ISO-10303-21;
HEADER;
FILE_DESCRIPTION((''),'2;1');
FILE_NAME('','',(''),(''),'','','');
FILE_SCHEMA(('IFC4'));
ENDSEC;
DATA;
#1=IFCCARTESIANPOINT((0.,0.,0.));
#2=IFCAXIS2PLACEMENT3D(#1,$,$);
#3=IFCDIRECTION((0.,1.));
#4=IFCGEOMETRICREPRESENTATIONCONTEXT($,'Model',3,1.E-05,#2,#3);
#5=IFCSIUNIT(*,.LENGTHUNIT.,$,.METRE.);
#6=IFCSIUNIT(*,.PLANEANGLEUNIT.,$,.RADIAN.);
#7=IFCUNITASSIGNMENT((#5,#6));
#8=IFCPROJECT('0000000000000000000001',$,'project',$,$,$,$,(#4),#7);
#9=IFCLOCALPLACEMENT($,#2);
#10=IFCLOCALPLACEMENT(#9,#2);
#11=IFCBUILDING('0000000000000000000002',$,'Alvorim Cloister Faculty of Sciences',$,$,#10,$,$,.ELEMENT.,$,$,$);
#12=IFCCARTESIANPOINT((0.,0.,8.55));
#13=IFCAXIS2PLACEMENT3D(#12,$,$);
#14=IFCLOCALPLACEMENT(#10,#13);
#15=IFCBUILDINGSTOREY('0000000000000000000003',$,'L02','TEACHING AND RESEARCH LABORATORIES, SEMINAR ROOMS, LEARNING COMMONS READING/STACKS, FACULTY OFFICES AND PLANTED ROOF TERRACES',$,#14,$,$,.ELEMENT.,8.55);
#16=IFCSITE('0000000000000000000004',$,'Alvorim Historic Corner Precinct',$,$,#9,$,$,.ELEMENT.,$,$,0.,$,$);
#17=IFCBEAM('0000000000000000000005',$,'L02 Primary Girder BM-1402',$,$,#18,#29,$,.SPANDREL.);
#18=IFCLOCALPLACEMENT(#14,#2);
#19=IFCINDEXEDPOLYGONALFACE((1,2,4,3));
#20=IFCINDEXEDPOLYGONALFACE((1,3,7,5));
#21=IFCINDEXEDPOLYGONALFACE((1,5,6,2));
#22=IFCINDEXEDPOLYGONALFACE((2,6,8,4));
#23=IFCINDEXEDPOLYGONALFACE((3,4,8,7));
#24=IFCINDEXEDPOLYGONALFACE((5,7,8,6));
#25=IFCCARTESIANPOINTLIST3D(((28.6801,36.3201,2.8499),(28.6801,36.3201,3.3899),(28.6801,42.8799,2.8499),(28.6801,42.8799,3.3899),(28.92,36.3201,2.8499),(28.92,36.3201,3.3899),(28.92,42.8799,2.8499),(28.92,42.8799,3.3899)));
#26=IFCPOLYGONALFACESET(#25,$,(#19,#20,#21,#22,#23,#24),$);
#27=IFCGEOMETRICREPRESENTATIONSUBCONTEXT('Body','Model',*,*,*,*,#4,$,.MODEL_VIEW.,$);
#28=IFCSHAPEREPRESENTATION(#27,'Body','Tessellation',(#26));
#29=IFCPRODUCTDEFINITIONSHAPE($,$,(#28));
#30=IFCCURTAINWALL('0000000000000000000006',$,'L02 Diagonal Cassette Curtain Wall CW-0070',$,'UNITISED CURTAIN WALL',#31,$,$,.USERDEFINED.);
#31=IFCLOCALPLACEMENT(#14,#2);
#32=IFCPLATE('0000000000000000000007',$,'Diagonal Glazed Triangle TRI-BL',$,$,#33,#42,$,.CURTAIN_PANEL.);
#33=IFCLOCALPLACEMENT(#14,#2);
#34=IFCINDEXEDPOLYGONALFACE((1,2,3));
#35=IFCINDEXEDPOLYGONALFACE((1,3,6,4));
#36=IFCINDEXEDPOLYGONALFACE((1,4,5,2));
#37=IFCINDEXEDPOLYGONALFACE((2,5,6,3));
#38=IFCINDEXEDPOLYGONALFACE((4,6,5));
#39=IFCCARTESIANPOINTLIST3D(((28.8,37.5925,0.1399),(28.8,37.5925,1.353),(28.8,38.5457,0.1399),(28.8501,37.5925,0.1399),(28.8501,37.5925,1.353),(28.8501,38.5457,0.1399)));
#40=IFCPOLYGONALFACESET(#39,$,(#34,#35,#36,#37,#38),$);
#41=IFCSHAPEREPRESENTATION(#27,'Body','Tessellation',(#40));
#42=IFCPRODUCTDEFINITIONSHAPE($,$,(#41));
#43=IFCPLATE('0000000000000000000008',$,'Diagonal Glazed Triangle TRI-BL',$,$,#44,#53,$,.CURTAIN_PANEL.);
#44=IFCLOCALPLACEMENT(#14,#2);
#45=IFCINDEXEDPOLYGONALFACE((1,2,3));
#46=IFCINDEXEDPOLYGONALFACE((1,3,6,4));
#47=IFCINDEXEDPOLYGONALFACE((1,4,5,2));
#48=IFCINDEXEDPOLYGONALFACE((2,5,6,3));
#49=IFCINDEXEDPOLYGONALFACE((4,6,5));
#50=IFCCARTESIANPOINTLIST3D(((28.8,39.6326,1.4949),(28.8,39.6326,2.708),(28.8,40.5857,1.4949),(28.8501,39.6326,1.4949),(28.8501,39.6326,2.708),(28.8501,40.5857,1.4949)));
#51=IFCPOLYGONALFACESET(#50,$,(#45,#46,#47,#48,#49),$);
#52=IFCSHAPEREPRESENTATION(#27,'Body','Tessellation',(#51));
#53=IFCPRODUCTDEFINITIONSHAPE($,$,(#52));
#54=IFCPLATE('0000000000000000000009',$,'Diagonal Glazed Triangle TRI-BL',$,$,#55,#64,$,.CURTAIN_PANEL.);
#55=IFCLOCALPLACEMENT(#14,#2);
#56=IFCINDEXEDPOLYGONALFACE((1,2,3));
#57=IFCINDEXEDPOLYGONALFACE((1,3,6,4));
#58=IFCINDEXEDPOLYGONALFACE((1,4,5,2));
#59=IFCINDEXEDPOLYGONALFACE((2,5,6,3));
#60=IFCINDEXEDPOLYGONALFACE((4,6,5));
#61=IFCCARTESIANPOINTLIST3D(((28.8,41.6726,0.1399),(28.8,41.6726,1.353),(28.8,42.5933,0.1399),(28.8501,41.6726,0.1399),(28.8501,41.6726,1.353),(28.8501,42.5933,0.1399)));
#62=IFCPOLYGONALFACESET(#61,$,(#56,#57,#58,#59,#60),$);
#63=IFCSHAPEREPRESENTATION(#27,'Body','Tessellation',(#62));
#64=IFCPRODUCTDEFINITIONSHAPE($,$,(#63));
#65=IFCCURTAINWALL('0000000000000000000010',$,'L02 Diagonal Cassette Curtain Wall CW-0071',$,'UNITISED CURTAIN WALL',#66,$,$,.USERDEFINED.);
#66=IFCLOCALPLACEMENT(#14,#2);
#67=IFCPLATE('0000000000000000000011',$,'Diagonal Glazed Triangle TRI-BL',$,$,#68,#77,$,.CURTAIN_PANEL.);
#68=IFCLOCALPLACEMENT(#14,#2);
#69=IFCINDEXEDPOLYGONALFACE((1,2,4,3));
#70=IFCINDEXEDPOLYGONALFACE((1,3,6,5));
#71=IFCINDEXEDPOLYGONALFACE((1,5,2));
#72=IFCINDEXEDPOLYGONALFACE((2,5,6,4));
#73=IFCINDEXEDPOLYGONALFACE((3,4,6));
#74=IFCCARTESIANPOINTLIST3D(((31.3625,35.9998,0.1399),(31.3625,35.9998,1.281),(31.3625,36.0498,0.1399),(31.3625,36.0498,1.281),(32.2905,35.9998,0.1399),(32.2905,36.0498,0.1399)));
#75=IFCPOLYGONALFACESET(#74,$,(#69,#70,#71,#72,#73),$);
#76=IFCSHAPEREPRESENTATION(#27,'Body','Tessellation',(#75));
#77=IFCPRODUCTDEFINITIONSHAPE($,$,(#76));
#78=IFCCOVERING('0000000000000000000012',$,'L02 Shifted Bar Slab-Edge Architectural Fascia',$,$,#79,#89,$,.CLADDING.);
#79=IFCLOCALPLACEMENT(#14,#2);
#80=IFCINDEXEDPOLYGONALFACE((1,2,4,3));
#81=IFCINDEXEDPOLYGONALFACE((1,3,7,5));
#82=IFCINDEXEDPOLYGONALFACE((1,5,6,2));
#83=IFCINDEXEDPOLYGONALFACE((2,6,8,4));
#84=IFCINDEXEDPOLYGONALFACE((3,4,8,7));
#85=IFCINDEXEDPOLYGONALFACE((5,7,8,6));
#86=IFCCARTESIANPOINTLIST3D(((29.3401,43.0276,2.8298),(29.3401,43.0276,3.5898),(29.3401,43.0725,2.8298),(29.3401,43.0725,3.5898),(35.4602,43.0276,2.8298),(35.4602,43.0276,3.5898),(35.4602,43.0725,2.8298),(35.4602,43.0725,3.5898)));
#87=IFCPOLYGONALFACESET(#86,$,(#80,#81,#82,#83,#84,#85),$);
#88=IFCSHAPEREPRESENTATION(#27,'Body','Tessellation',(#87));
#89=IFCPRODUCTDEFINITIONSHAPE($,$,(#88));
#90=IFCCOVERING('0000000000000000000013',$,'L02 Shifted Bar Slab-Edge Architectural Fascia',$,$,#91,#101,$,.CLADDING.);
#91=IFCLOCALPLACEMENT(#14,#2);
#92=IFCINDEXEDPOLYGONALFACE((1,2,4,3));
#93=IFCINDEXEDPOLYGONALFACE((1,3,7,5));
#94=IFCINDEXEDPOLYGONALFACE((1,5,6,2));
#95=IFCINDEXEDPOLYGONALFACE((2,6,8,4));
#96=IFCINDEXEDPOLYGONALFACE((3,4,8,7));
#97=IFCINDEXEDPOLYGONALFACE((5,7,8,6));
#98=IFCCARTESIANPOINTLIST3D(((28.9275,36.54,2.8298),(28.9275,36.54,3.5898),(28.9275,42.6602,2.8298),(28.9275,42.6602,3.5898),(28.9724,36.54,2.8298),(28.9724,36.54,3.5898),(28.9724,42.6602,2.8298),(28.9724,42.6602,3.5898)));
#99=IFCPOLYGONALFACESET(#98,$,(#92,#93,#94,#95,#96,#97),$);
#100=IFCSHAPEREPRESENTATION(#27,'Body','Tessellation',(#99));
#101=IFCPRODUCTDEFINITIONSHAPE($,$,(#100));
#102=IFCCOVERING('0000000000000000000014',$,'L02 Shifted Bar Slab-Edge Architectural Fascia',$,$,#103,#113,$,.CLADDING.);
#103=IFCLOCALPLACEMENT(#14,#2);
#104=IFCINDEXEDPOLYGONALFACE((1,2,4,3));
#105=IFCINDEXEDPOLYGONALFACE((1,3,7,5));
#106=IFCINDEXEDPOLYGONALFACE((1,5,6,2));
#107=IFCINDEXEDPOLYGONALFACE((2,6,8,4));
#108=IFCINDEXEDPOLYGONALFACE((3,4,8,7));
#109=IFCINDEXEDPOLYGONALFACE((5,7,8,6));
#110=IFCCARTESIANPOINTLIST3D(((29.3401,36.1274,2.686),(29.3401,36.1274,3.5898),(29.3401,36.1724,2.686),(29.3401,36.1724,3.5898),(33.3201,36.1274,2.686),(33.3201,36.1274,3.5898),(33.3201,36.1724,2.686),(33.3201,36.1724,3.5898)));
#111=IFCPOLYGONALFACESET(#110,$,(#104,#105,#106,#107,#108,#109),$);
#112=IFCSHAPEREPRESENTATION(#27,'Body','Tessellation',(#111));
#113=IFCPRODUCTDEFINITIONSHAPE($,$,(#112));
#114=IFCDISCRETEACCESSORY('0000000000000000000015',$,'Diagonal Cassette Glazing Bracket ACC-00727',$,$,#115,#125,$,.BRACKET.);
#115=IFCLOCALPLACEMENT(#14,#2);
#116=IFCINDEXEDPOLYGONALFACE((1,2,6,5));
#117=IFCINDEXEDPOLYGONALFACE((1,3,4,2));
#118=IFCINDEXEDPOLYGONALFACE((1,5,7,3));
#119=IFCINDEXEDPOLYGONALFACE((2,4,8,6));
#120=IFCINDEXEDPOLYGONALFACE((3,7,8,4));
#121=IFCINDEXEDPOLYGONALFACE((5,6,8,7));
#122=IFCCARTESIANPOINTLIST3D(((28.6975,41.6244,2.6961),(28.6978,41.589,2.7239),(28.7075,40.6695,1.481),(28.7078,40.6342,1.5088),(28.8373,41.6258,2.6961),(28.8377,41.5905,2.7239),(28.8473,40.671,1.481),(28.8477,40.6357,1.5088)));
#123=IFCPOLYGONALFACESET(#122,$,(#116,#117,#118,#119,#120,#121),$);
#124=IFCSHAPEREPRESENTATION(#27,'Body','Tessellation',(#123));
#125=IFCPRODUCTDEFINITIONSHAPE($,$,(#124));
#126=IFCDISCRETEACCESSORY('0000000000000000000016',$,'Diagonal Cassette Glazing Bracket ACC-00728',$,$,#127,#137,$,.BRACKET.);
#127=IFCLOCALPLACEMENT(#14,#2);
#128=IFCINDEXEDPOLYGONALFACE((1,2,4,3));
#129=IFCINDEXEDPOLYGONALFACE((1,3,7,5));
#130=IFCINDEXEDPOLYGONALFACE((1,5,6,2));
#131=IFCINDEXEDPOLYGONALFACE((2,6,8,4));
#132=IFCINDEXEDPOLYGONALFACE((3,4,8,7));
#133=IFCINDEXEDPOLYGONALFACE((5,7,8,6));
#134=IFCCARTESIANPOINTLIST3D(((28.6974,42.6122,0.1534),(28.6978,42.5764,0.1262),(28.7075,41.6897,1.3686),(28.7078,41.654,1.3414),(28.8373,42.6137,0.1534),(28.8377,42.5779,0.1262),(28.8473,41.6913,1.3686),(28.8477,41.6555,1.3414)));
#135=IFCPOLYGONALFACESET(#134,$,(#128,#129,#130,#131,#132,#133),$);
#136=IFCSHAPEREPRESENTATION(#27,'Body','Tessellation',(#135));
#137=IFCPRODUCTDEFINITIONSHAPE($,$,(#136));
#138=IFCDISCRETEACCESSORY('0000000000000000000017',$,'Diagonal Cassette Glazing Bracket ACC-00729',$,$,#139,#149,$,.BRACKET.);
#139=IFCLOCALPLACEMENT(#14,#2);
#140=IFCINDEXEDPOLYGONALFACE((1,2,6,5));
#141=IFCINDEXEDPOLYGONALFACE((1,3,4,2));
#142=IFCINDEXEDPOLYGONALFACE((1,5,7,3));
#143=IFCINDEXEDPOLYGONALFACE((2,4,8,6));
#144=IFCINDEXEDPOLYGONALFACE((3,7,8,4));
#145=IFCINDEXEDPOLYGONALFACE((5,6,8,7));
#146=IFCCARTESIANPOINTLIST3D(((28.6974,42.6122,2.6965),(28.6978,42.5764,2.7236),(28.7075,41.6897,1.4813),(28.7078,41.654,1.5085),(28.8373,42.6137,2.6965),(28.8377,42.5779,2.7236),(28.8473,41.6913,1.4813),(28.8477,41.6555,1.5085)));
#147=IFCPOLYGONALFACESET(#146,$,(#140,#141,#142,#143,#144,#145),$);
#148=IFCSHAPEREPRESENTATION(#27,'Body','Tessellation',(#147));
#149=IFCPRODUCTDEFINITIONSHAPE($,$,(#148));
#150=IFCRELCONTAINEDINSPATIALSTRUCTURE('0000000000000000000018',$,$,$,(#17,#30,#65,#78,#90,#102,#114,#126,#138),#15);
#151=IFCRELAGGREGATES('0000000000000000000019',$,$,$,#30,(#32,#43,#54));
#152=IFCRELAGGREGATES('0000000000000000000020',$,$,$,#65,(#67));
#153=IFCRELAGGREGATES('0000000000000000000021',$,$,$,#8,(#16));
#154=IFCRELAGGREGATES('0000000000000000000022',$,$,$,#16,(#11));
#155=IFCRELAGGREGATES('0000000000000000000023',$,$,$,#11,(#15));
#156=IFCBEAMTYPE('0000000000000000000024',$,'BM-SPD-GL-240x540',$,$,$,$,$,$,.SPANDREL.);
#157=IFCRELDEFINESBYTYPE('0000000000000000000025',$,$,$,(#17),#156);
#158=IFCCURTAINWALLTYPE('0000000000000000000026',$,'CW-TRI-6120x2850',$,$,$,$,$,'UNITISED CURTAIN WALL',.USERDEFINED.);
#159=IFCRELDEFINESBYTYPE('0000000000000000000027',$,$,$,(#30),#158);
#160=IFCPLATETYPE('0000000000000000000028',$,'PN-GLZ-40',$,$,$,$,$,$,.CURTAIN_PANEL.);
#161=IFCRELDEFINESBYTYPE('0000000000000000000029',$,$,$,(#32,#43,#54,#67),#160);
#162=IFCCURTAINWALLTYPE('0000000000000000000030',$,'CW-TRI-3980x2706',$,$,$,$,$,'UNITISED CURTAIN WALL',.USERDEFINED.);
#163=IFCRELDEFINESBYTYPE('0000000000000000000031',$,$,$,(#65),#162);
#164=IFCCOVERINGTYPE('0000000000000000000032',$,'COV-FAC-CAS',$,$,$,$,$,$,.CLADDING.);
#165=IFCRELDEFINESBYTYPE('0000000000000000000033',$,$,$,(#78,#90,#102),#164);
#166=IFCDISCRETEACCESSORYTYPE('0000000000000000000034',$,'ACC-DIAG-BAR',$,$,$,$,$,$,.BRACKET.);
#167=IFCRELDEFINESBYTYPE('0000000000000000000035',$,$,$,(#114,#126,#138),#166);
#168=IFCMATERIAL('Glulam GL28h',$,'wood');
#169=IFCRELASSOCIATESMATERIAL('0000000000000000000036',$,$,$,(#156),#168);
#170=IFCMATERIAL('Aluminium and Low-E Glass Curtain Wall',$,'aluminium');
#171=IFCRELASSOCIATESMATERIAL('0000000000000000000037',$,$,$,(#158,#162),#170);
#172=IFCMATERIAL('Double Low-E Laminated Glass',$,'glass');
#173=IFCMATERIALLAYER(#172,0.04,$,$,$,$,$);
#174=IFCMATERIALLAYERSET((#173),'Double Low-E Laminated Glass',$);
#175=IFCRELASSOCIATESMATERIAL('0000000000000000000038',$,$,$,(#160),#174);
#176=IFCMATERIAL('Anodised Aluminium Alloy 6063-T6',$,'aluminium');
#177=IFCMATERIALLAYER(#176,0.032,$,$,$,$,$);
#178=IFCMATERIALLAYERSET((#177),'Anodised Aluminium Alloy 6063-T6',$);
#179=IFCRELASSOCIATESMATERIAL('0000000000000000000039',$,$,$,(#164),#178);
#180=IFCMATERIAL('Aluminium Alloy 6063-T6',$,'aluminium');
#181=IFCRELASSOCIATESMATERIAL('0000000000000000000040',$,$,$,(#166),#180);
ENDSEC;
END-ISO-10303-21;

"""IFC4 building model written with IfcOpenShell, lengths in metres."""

from ifc_helpers import new_model, si_unit, direction, frame, origin, origin_2d, place, context, subcontext, project, spatial, polyline, rectangle, outline, extrude, material, layer, layer_set, material_profile, profile_set, type_object, element, aggregate, save


model = new_model("IFC4")

# Units and contexts
model_context = context("Model", 3, precision=1e-05, world=origin(), true_north=direction((0.0, 1.0)))
body_context = subcontext(model_context, "Body", "Model", "MODEL_VIEW")
ifc_project = project(units=[si_unit("LENGTHUNIT", "METRE"), si_unit("PLANEANGLEUNIT", "RADIAN")], contexts=[model_context])

# Site, building, storey
site_placement = place(None, origin())
site = spatial("IfcSite", under=ifc_project, at=site_placement, Name="Alvorim Historic Corner Precinct", CompositionType="ELEMENT", RefElevation=0.0)
building_placement = place(site_placement, origin())
building = spatial("IfcBuilding", under=site, at=building_placement, Name="Alvorim Cloister Faculty of Sciences", CompositionType="ELEMENT")
storey_placement = place(building_placement, frame((0.0, 0.0, 8.55)))
storey = spatial("IfcBuildingStorey", under=building, at=storey_placement, Name="L02", Description="TEACHING AND RESEARCH LABORATORIES, SEMINAR ROOMS, LEARNING COMMONS READING/STACKS, FACULTY OFFICES AND PLANTED ROOF TERRACES", CompositionType="ELEMENT", Elevation=8.55)

# Beam
ifc_material_1 = material(Name="Glulam GL28h", Category="wood")
ifc_material_profile = material_profile(ifc_material_1, rectangle(XDim=0.24, YDim=0.54, at=origin_2d()), Name="GL28-SPD-240x540")
ifc_profile_set = profile_set([ifc_material_profile], Name="Glulam GL28h")
beam_type = type_object("IfcBeamType", Name="BM-SPD-GL-240x540", PredefinedType="SPANDREL", material=ifc_profile_set)
beam_placement = place(storey_placement, frame((28.8, 36.3201, 3.1199), z_axis=(0.0, 1.0, 0.0), x_axis=(-1.0, 0.0, 0.0)))
element("IfcBeam", 1, at=beam_placement, inside=storey, type_object=beam_type, Name="L02 Primary Girder BM-1402", PredefinedType="SPANDREL", context=body_context, shape_type="SweptSolid", body=[
    extrude(rectangle(XDim=0.24, YDim=0.54, at=origin_2d()), origin(), (0.0, 0.0, 1.0), 6.5598),
])

# Curtain walls, plates
ifc_material_2 = material(Name="Aluminium and Low-E Glass Curtain Wall", Category="aluminium")
curtain_wall_type_1 = type_object("IfcCurtainWallType", Name="CW-TRI-6120x2850", ElementType="UNITISED CURTAIN WALL", PredefinedType="USERDEFINED", material=ifc_material_2)
curtain_wall_1_placement = place(storey_placement, origin())
curtain_wall_1 = element("IfcCurtainWall", 2, at=curtain_wall_1_placement, inside=storey, type_object=curtain_wall_type_1, Name="L02 Diagonal Cassette Curtain Wall CW-0070", ObjectType="UNITISED CURTAIN WALL", PredefinedType="USERDEFINED")
ifc_material_3 = material(Name="Double Low-E Laminated Glass", Category="glass")
ifc_layer_1 = layer(ifc_material_3, 0.04)
ifc_layer_set_1 = layer_set([ifc_layer_1], Name="Double Low-E Laminated Glass")
plate_type = type_object("IfcPlateType", Name="PN-GLZ-40", PredefinedType="CURTAIN_PANEL", material=ifc_layer_set_1)
plate_1_placement = place(storey_placement, frame((28.825, 37.5925, 0.1399), z_axis=(0.0, 0.0, 1.0), x_axis=(0.0, 1.0, 0.0)))
plate_1 = element("IfcPlate", 3, at=plate_1_placement, type_object=plate_type, Name="Diagonal Glazed Triangle TRI-BL", PredefinedType="CURTAIN_PANEL", context=body_context, shape_type="SweptSolid", body=[
    extrude(outline(polyline([(0.0, 0.0), (0.9531, 0.0), (0.0, 1.2131), (0.0, 0.0)])), frame((0.0, 0.0249, 0.0), z_axis=(0.0, -1.0, 0.0), x_axis=(1.0, 0.0, 0.0)), (0.0, 0.0, 1.0), 0.05),
])
plate_2_placement = place(storey_placement, frame((28.825, 39.6326, 1.4949), z_axis=(0.0, 0.0, 1.0), x_axis=(0.0, 1.0, 0.0)))
plate_2 = element("IfcPlate", 4, at=plate_2_placement, type_object=plate_type, Name="Diagonal Glazed Triangle TRI-BL", PredefinedType="CURTAIN_PANEL", context=body_context, shape_type="SweptSolid", body=[
    extrude(outline(polyline([(0.0, 0.0), (0.9531, 0.0), (0.0, 1.2131), (0.0, 0.0)])), frame((0.0, 0.0249, 0.0), z_axis=(0.0, -1.0, 0.0), x_axis=(1.0, 0.0, 0.0)), (0.0, 0.0, 1.0), 0.05),
])
plate_3_placement = place(storey_placement, frame((28.825, 41.6726, 0.1399), z_axis=(0.0, 0.0, 1.0), x_axis=(0.0, 1.0, 0.0)))
plate_3 = element("IfcPlate", 5, at=plate_3_placement, type_object=plate_type, Name="Diagonal Glazed Triangle TRI-BL", PredefinedType="CURTAIN_PANEL", context=body_context, shape_type="SweptSolid", body=[
    extrude(outline(polyline([(0.0, 0.0), (0.9207, 0.0), (0.0, 1.2131), (0.0, 0.0)])), frame((0.0, 0.0249, 0.0), z_axis=(0.0, -1.0, 0.0), x_axis=(1.0, 0.0, 0.0)), (0.0, 0.0, 1.0), 0.05),
])
aggregate(curtain_wall_1, [plate_1, plate_2, plate_3])
curtain_wall_type_2 = type_object("IfcCurtainWallType", Name="CW-TRI-3980x2706", ElementType="UNITISED CURTAIN WALL", PredefinedType="USERDEFINED", material=ifc_material_2)
curtain_wall_2_placement = place(storey_placement, origin())
curtain_wall_2 = element("IfcCurtainWall", 6, at=curtain_wall_2_placement, inside=storey, type_object=curtain_wall_type_2, Name="L02 Diagonal Cassette Curtain Wall CW-0071", ObjectType="UNITISED CURTAIN WALL", PredefinedType="USERDEFINED")
plate_4_placement = place(storey_placement, frame((31.3625, 36.0249, 0.1399), z_axis=(0.0, 0.0, 1.0), x_axis=(1.0, 0.0, 0.0)))
plate_4 = element("IfcPlate", 7, at=plate_4_placement, type_object=plate_type, Name="Diagonal Glazed Triangle TRI-BL", PredefinedType="CURTAIN_PANEL", context=body_context, shape_type="SweptSolid", body=[
    extrude(outline(polyline([(0.0, 0.0), (0.928, 0.0), (0.0, 1.1411), (0.0, 0.0)])), frame((0.0, 0.0249, 0.0), z_axis=(0.0, -1.0, 0.0), x_axis=(1.0, 0.0, 0.0)), (0.0, 0.0, 1.0), 0.05),
])
aggregate(curtain_wall_2, [plate_4])

# Coverings
ifc_material_4 = material(Name="Anodised Aluminium Alloy 6063-T6", Category="aluminium")
ifc_layer_2 = layer(ifc_material_4, 0.032)
ifc_layer_set_2 = layer_set([ifc_layer_2], Name="Anodised Aluminium Alloy 6063-T6")
covering_type = type_object("IfcCoveringType", Name="COV-FAC-CAS", PredefinedType="CLADDING", material=ifc_layer_set_2)
for number, where, z_axis, x_axis, name in (
    (8, (29.3401, 43.05, 2.8298), (0.0, 0.0, 1.0), (1.0, 0.0, 0.0), "L02 Shifted Bar Slab-Edge Architectural Fascia"),
    (9, (28.95, 36.54, 2.8298), (0.0, 0.0, 1.0), (0.0, 1.0, 0.0), "L02 Shifted Bar Slab-Edge Architectural Fascia"),
):
    element("IfcCovering", number, at=place(storey_placement, frame(where, z_axis=z_axis, x_axis=x_axis)), inside=storey, type_object=covering_type, Name=name, PredefinedType="CLADDING", context=body_context, shape_type="SweptSolid", body=[
        extrude(outline(polyline([(0.0, 0.0), (6.1201, 0.0), (6.1201, 0.76), (0.0, 0.76), (0.0, 0.0)])), frame((0.0, 0.0225, 0.0), z_axis=(0.0, -1.0, 0.0), x_axis=(1.0, 0.0, 0.0)), (0.0, 0.0, 1.0), 0.0449),
    ])
covering_placement = place(storey_placement, frame((29.3401, 36.1499, 2.686), z_axis=(0.0, 0.0, 1.0), x_axis=(1.0, 0.0, 0.0)))
element("IfcCovering", 10, at=covering_placement, inside=storey, type_object=covering_type, Name="L02 Shifted Bar Slab-Edge Architectural Fascia", PredefinedType="CLADDING", context=body_context, shape_type="SweptSolid", body=[
    extrude(outline(polyline([(0.0, 0.0), (3.98, 0.0), (3.98, 0.9038), (0.0, 0.9038), (0.0, 0.0)])), frame((0.0, 0.0225, 0.0), z_axis=(0.0, -1.0, 0.0), x_axis=(1.0, 0.0, 0.0)), (0.0, 0.0, 1.0), 0.0449),
])

# Discrete accessories
ifc_material_5 = material(Name="Aluminium Alloy 6063-T6", Category="aluminium")
discrete_accessory_type = type_object("IfcDiscreteAccessoryType", Name="ACC-DIAG-BAR", PredefinedType="BRACKET", material=ifc_material_5)
discrete_accessory_placement = place(storey_placement, frame((28.7776, 40.6526, 1.4949), z_axis=(-0.006477, 0.617857, 0.786263), x_axis=(-0.999945, -0.010483, 0.0)))
element("IfcDiscreteAccessory", 11, at=discrete_accessory_placement, inside=storey, type_object=discrete_accessory_type, Name="Diagonal Cassette Glazing Bracket ACC-00727", PredefinedType="BRACKET", context=body_context, shape_type="SweptSolid", body=[
    extrude(rectangle(XDim=0.1399, YDim=0.0449, at=origin_2d()), origin(), (0.0, 0.0, 1.0), 1.5454),
])
for number, where, z_axis, x_axis, name in (
    (12, (28.7776, 41.6726, 1.355), (-0.006561, 0.604612, -0.796493), (-0.999941, -0.010852, 0.0), "Diagonal Cassette Glazing Bracket ACC-00728"),
    (13, (28.7776, 41.6726, 1.4949), (-0.006561, 0.604612, 0.796493), (-0.999941, -0.010852, 0.0), "Diagonal Cassette Glazing Bracket ACC-00729"),
):
    element("IfcDiscreteAccessory", number, at=place(storey_placement, frame(where, z_axis=z_axis, x_axis=x_axis)), inside=storey, type_object=discrete_accessory_type, Name=name, PredefinedType="BRACKET", context=body_context, shape_type="SweptSolid", body=[
        extrude(rectangle(XDim=0.1399, YDim=0.0449, at=origin_2d()), origin(), (0.0, 0.0, 1.0), 1.5256),
    ])

save(model, "model.ifc")
